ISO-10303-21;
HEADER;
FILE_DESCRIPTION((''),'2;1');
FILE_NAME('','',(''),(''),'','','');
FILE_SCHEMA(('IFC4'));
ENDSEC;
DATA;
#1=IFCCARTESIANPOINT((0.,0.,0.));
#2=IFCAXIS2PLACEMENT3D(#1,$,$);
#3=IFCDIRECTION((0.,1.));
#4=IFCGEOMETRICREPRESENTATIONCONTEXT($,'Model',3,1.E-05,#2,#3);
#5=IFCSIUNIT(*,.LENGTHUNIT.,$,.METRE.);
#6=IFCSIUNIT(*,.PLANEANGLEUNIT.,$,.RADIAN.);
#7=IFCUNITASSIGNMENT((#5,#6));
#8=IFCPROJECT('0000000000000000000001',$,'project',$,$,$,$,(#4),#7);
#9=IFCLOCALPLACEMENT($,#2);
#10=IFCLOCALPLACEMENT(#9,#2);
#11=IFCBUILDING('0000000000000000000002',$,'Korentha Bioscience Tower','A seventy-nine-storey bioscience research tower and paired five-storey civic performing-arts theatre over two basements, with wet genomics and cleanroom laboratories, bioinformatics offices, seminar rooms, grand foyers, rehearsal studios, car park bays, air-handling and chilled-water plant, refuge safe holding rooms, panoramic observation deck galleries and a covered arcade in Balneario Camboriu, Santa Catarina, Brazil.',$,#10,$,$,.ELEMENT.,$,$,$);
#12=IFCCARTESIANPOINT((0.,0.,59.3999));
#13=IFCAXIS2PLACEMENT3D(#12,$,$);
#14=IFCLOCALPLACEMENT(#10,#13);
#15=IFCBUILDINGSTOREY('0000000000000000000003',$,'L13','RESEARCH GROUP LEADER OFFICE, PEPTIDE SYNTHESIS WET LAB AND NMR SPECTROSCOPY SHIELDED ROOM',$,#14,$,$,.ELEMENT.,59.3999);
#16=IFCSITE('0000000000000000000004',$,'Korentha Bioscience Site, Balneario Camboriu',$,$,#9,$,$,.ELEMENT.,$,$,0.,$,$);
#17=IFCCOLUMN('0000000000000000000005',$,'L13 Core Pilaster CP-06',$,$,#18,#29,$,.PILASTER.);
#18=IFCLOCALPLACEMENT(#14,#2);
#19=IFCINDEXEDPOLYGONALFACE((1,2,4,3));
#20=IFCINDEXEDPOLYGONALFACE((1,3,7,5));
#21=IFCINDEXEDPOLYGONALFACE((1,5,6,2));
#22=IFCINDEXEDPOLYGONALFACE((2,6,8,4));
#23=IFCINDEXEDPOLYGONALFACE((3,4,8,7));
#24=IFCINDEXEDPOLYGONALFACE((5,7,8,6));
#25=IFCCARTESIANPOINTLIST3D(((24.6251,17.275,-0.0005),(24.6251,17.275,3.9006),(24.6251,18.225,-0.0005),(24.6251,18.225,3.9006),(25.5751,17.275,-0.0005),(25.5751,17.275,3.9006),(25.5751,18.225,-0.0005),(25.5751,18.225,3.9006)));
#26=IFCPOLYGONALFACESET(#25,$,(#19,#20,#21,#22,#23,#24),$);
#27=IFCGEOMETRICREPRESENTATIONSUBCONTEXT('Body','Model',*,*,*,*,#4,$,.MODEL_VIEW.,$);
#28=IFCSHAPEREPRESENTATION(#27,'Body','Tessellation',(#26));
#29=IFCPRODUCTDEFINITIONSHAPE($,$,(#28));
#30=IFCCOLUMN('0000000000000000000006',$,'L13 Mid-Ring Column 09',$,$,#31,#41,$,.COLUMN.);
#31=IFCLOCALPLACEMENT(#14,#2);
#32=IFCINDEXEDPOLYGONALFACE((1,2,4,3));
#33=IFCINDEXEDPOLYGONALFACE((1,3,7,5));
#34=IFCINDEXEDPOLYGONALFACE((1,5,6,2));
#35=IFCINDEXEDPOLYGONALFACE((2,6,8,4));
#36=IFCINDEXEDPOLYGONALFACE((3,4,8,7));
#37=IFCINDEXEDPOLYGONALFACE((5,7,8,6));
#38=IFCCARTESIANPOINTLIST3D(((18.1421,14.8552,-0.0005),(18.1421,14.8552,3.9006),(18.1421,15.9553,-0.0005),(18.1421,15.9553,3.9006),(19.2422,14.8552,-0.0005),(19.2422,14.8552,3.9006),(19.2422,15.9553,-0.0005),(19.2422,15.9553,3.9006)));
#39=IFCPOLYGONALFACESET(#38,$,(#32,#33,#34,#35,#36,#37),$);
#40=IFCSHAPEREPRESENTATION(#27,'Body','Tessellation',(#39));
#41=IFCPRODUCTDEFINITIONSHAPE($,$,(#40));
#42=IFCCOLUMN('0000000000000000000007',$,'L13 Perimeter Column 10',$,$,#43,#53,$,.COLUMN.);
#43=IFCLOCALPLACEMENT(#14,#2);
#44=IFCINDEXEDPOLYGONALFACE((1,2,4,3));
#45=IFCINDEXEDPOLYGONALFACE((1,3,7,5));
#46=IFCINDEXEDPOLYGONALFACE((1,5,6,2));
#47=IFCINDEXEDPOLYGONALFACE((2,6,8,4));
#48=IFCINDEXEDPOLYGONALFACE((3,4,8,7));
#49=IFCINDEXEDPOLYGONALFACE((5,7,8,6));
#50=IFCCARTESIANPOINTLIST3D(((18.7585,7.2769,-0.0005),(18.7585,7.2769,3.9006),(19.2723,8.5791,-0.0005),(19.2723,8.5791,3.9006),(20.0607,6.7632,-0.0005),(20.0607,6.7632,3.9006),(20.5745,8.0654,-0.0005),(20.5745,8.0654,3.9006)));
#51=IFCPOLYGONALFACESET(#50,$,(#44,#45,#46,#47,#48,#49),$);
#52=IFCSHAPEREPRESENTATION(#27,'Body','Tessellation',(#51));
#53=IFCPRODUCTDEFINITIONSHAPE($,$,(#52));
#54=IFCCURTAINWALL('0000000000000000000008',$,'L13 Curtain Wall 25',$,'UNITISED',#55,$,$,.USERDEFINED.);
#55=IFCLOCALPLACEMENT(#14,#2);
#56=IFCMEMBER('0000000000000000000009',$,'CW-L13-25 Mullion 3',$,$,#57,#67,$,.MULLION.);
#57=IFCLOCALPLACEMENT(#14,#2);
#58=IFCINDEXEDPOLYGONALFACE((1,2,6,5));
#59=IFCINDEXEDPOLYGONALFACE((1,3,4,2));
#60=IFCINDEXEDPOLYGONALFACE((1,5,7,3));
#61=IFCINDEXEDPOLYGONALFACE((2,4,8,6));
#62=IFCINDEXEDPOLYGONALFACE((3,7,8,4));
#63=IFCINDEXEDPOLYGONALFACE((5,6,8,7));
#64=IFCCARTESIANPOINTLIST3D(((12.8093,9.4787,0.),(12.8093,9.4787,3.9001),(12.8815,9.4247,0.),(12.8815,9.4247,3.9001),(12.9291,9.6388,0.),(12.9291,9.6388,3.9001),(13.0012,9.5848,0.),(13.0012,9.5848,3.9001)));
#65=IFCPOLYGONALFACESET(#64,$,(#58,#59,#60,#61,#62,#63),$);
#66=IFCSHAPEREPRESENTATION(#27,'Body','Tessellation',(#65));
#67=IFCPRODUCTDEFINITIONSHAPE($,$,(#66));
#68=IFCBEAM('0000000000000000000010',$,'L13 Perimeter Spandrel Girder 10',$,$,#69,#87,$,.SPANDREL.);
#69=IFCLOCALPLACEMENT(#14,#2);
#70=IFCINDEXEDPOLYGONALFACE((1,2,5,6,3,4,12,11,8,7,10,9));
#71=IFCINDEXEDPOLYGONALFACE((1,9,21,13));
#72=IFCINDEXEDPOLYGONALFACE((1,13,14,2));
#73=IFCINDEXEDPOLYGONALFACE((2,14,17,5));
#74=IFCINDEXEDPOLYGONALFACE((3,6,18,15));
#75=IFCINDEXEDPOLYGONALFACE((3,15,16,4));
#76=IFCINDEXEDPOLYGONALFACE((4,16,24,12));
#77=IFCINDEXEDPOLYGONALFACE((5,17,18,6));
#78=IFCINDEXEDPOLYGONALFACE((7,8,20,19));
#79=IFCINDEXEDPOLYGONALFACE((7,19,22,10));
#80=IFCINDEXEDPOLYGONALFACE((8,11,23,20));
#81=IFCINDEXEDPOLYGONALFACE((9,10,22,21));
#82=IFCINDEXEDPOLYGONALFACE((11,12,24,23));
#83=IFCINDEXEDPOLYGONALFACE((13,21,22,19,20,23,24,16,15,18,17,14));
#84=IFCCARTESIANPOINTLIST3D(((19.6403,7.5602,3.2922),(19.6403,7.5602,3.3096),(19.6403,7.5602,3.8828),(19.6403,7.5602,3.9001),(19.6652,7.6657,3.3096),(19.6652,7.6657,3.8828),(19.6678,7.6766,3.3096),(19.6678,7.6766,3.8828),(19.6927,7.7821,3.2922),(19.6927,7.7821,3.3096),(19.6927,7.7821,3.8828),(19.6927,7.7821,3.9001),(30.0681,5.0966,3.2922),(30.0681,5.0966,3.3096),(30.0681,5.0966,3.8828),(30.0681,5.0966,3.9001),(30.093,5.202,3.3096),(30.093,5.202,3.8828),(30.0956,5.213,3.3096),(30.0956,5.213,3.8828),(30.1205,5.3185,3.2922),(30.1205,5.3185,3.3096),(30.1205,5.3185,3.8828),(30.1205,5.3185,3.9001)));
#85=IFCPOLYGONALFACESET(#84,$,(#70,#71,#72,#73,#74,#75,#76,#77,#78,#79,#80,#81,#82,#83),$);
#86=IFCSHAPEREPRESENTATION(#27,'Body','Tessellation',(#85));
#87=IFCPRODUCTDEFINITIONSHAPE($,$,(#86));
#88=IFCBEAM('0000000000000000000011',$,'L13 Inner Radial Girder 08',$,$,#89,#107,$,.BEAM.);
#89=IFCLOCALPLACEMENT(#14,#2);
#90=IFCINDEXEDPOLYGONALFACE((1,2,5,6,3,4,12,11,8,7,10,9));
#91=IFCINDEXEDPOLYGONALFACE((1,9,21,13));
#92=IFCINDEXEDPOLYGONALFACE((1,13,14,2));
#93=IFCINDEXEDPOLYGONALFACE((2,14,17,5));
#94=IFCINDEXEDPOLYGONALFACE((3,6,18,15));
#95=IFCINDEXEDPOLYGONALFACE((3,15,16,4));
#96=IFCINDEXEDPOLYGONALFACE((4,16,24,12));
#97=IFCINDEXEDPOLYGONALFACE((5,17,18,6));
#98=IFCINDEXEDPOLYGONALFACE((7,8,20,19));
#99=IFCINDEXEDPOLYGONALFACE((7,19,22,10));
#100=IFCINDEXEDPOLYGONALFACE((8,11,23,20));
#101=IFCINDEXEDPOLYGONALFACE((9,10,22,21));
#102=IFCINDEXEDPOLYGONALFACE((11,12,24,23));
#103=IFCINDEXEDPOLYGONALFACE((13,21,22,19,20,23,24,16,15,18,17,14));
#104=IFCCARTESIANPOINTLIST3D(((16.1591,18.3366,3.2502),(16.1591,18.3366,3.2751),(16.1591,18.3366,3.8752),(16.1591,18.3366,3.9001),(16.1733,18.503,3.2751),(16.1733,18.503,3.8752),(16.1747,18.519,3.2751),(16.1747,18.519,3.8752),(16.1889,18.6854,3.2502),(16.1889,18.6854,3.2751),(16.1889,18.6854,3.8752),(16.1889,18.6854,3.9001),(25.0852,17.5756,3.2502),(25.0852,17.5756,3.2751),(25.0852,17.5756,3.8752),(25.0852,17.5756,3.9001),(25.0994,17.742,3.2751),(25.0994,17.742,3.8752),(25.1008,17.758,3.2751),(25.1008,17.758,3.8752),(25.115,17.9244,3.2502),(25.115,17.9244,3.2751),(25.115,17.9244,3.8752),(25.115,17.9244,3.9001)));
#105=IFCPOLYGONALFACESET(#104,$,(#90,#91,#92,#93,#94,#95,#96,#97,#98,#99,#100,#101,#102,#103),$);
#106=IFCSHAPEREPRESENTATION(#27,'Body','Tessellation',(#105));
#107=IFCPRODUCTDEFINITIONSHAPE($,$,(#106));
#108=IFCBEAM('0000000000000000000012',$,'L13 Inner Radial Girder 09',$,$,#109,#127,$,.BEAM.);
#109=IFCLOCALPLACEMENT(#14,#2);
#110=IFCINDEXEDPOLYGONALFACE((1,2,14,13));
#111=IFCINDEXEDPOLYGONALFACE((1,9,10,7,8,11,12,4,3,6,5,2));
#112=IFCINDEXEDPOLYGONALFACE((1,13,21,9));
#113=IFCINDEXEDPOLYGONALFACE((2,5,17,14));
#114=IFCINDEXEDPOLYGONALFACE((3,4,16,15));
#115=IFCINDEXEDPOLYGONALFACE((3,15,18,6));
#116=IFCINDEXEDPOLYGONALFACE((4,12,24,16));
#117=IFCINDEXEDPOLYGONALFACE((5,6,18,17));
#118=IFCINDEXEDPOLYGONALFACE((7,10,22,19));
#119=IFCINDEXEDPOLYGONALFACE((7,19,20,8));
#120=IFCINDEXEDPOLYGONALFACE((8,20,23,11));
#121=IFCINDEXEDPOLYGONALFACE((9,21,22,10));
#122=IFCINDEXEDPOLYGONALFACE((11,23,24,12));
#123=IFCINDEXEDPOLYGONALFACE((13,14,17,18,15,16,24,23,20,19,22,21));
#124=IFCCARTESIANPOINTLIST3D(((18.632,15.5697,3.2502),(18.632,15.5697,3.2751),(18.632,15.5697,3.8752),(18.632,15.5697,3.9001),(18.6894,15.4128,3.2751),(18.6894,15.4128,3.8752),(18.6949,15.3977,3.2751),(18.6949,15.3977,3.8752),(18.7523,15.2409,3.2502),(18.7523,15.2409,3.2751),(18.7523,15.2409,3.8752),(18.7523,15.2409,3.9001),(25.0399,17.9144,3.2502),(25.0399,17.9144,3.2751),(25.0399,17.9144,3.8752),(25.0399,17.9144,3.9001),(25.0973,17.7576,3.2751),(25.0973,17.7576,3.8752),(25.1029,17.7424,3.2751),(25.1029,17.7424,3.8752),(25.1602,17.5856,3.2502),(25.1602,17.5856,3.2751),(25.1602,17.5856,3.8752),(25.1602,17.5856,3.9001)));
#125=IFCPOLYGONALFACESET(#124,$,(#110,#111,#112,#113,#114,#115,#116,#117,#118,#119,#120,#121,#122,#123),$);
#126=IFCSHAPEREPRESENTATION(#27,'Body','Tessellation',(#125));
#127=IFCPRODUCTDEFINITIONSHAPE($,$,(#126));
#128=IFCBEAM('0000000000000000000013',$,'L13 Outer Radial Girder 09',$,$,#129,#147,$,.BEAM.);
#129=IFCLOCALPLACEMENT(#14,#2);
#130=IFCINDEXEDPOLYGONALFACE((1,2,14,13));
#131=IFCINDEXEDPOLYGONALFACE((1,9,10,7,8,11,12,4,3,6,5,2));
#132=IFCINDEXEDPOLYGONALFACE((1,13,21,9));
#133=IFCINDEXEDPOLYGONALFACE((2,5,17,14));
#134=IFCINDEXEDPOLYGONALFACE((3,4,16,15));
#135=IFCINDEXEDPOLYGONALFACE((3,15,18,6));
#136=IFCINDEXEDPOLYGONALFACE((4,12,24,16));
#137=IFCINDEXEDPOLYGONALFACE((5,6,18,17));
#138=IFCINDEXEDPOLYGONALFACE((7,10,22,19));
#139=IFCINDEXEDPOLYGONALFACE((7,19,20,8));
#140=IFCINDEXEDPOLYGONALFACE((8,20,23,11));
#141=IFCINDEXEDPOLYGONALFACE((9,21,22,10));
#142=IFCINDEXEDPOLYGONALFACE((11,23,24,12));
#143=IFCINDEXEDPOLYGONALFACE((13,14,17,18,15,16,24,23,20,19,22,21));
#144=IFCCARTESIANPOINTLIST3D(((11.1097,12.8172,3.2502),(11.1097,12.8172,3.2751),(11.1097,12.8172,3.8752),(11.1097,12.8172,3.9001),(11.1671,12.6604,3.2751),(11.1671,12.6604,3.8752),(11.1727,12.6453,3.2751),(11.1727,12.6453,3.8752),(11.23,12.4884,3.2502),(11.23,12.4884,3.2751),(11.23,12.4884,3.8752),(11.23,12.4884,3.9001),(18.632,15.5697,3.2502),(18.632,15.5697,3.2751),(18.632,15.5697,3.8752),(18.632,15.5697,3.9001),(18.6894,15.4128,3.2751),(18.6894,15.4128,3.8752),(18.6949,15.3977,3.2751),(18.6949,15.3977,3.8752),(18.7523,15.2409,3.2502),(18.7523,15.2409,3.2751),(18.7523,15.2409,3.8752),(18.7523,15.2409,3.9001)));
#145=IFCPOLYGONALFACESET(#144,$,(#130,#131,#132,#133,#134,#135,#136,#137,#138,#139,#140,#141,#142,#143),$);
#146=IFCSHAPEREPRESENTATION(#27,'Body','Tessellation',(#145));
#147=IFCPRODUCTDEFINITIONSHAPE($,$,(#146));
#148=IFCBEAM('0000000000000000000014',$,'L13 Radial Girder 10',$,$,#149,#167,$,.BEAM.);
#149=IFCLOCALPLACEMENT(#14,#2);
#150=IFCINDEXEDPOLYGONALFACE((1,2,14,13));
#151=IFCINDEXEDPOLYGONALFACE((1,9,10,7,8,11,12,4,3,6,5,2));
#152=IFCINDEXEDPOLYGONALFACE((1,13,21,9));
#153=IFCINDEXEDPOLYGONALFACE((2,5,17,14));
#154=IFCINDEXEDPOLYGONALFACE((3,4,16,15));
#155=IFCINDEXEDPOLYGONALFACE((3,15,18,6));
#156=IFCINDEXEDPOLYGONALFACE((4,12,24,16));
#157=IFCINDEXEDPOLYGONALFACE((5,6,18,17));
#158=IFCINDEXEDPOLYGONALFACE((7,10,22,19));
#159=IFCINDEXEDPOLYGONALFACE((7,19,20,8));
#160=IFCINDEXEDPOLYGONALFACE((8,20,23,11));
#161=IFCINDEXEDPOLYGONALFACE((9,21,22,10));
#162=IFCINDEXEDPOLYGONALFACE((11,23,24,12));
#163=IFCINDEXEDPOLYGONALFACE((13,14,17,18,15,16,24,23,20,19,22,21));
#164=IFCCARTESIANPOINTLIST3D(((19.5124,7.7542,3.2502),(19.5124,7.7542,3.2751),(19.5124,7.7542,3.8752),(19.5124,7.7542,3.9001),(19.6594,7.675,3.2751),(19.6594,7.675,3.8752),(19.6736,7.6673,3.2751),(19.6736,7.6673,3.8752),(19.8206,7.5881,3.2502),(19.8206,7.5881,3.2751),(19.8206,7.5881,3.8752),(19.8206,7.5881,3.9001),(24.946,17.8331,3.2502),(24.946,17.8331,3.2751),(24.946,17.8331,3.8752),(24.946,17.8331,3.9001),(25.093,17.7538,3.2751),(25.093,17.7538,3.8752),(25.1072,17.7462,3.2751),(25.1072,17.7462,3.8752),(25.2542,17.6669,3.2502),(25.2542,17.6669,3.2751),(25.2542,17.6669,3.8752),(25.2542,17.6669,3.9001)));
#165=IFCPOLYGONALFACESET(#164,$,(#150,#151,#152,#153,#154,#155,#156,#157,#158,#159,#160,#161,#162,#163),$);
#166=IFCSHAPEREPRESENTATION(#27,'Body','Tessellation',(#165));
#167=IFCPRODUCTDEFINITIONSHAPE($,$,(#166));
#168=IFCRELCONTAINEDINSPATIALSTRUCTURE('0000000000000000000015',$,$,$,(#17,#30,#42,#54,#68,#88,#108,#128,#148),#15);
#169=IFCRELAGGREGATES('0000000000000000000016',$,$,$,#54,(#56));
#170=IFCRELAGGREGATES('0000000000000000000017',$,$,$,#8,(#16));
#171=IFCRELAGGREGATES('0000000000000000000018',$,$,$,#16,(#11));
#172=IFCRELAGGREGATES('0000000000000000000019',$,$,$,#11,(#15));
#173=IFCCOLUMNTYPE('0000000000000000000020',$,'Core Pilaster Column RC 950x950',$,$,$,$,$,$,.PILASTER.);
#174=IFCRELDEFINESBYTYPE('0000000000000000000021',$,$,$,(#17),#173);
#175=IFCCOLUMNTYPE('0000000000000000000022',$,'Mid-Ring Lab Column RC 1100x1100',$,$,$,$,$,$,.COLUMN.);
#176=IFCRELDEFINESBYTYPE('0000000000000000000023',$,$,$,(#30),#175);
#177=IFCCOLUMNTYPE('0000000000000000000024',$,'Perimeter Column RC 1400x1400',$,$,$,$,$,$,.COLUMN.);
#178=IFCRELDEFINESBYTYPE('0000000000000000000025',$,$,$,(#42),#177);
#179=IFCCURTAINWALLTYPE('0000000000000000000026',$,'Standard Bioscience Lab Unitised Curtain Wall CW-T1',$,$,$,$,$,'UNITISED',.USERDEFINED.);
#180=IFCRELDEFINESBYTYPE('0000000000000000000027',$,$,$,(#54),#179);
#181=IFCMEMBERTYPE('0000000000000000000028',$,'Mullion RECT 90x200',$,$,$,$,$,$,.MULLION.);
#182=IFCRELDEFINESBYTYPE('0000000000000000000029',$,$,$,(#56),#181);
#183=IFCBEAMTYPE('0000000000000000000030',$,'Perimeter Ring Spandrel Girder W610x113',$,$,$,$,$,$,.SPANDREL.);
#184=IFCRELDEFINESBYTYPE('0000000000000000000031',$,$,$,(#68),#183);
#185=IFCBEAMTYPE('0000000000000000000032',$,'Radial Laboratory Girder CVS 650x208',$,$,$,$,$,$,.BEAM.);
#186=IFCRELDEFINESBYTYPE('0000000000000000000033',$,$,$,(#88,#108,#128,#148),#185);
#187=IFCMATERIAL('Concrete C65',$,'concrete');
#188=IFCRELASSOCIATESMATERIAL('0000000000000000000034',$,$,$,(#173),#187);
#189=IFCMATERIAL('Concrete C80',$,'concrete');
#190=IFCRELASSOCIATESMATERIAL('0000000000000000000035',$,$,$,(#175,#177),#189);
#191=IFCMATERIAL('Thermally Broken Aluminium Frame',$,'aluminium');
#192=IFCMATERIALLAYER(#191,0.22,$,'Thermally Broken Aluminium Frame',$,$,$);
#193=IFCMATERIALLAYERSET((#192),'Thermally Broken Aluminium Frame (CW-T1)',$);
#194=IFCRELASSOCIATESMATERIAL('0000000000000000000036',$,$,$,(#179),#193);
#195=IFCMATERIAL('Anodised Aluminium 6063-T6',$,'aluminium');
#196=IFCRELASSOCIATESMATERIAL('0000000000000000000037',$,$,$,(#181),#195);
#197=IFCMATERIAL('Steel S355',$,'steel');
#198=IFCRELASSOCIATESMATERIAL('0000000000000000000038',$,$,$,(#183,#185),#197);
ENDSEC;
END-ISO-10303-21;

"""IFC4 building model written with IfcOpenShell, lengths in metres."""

from ifc_helpers import new_model, si_unit, direction, frame, origin, origin_2d, place, context, subcontext, project, spatial, rectangle, i_section, extrude, material, layer, layer_set, material_profile, profile_set, type_object, element, aggregate, save


model = new_model("IFC4")

# Units and contexts
model_context = context("Model", 3, precision=1e-05, world=origin(), true_north=direction((0.0, 1.0)))
body_context = subcontext(model_context, "Body", "Model", "MODEL_VIEW")
ifc_project = project(units=[si_unit("LENGTHUNIT", "METRE"), si_unit("PLANEANGLEUNIT", "RADIAN")], contexts=[model_context])

# Site, building, storey
site_placement = place(None, origin())
site = spatial("IfcSite", under=ifc_project, at=site_placement, Name="Korentha Bioscience Site, Balneario Camboriu", CompositionType="ELEMENT", RefElevation=0.0)
building_placement = place(site_placement, origin())
building = spatial("IfcBuilding", under=site, at=building_placement, Name="Korentha Bioscience Tower", Description="A seventy-nine-storey bioscience research tower and paired five-storey civic performing-arts theatre over two basements, with wet genomics and cleanroom laboratories, bioinformatics offices, seminar rooms, grand foyers, rehearsal studios, car park bays, air-handling and chilled-water plant, refuge safe holding rooms, panoramic observation deck galleries and a covered arcade in Balneario Camboriu, Santa Catarina, Brazil.", CompositionType="ELEMENT")
storey_placement = place(building_placement, frame((0.0, 0.0, 59.3999)))
storey = spatial("IfcBuildingStorey", under=building, at=storey_placement, Name="L13", Description="RESEARCH GROUP LEADER OFFICE, PEPTIDE SYNTHESIS WET LAB AND NMR SPECTROSCOPY SHIELDED ROOM", CompositionType="ELEMENT", Elevation=59.3999)

# Columns
ifc_material_1 = material(Name="Concrete C65", Category="concrete")
ifc_material_profile_1 = material_profile(ifc_material_1, rectangle(XDim=0.95, YDim=0.95, at=origin_2d()), Name="Concrete C65")
ifc_profile_set_1 = profile_set([ifc_material_profile_1], Name="Concrete C65 (COL-CP09)")
column_type_1 = type_object("IfcColumnType", Name="Core Pilaster Column RC 950x950", PredefinedType="PILASTER", material=ifc_profile_set_1)
column_1_placement = place(storey_placement, frame((25.1001, 17.75, -0.0005), z_axis=(0.0, 0.0, 1.0), x_axis=(1.0, 0.0, 0.0)))
element("IfcColumn", 1, at=column_1_placement, inside=storey, type_object=column_type_1, Name="L13 Core Pilaster CP-06", PredefinedType="PILASTER", context=body_context, shape_type="SweptSolid", body=[
    extrude(rectangle(XDim=0.95, YDim=0.95, at=origin_2d()), origin(), (0.0, 0.0, 1.0), 3.9011),
])
ifc_material_2 = material(Name="Concrete C80", Category="concrete")
ifc_material_profile_2 = material_profile(ifc_material_2, rectangle(XDim=1.1001, YDim=1.1001, at=origin_2d()), Name="Concrete C80")
ifc_profile_set_2 = profile_set([ifc_material_profile_2], Name="Concrete C80 (COL-MR11)")
column_type_2 = type_object("IfcColumnType", Name="Mid-Ring Lab Column RC 1100x1100", PredefinedType="COLUMN", material=ifc_profile_set_2)
column_2_placement = place(storey_placement, frame((18.6921, 15.4053, -0.0005), z_axis=(0.0, 0.0, 1.0), x_axis=(1.0, 0.0, 0.0)))
element("IfcColumn", 2, at=column_2_placement, inside=storey, type_object=column_type_2, Name="L13 Mid-Ring Column 09", PredefinedType="COLUMN", context=body_context, shape_type="SweptSolid", body=[
    extrude(rectangle(XDim=1.1001, YDim=1.1001, at=origin_2d()), origin(), (0.0, 0.0, 1.0), 3.9011),
])
ifc_material_profile_3 = material_profile(ifc_material_2, rectangle(XDim=1.3999, YDim=1.3999, at=origin_2d()), Name="Concrete C80")
ifc_profile_set_3 = profile_set([ifc_material_profile_3], Name="Concrete C80 (COL-P14)")
column_type_3 = type_object("IfcColumnType", Name="Perimeter Column RC 1400x1400", PredefinedType="COLUMN", material=ifc_profile_set_3)
column_3_placement = place(storey_placement, frame((19.6665, 7.6711, -0.0005), z_axis=(0.0, 0.0, 1.0), x_axis=(-0.930226, 0.366988, 0.0)))
element("IfcColumn", 3, at=column_3_placement, inside=storey, type_object=column_type_3, Name="L13 Perimeter Column 10", PredefinedType="COLUMN", context=body_context, shape_type="SweptSolid", body=[
    extrude(rectangle(XDim=1.3999, YDim=1.3999, at=origin_2d()), origin(), (0.0, 0.0, 1.0), 3.9011),
])

# Curtain wall, member
ifc_material_3 = material(Name="Thermally Broken Aluminium Frame", Category="aluminium")
ifc_layer_1 = layer(ifc_material_3, 0.22, Name="Thermally Broken Aluminium Frame")
ifc_layer_set_1 = layer_set([ifc_layer_1], Name="Thermally Broken Aluminium Frame (CW-T1)")
curtain_wall_type = type_object("IfcCurtainWallType", Name="Standard Bioscience Lab Unitised Curtain Wall CW-T1", ElementType="UNITISED", PredefinedType="USERDEFINED", material=ifc_layer_set_1)
curtain_wall_placement = place(storey_placement, origin())
curtain_wall = element("IfcCurtainWall", 4, at=curtain_wall_placement, inside=storey, type_object=curtain_wall_type, Name="L13 Curtain Wall 25", ObjectType="UNITISED", PredefinedType="USERDEFINED")
ifc_material_4 = material(Name="Anodised Aluminium 6063-T6", Category="aluminium")
ifc_material_profile_4 = material_profile(ifc_material_4, rectangle(XDim=0.0901, YDim=0.2, at=origin_2d()), Name="Anodised Aluminium 6063-T6")
ifc_profile_set_4 = profile_set([ifc_material_profile_4], Name="Anodised Aluminium 6063-T6 (CW-MUL)")
member_type_1 = type_object("IfcMemberType", Name="Mullion RECT 90x200", PredefinedType="MULLION", material=ifc_profile_set_4)
member_1_placement = place(storey_placement, frame((12.9053, 9.5317, 0.0), z_axis=(0.0, 0.0, 1.0), x_axis=(0.800798, -0.598935, 0.0)))
member_1 = element("IfcMember", 5, at=member_1_placement, type_object=member_type_1, Name="CW-L13-25 Mullion 3", PredefinedType="MULLION", context=body_context, shape_type="SweptSolid", body=[
    extrude(rectangle(XDim=0.0901, YDim=0.2, at=origin_2d()), origin(), (0.0, 0.0, 1.0), 3.9001),
])

# Beams
ifc_material_5 = material(Name="Steel S355", Category="steel")
ifc_material_profile_5 = material_profile(ifc_material_5, i_section(OverallWidth=0.228, OverallDepth=0.6079, WebThickness=0.0112, FlangeThickness=0.0173, at=origin_2d()), Name="Steel S355")
ifc_profile_set_5 = profile_set([ifc_material_profile_5], Name="Steel S355 (SB-610)")
beam_type_1 = type_object("IfcBeamType", Name="Perimeter Ring Spandrel Girder W610x113", PredefinedType="SPANDREL", material=ifc_profile_set_5)
beam_1_placement = place(storey_placement, frame((19.6665, 7.6711, 3.5962), z_axis=(0.973208, -0.229927, 0.0), x_axis=(0.229927, 0.973208, 0.0)))
element("IfcBeam", 6, at=beam_1_placement, inside=storey, type_object=beam_type_1, Name="L13 Perimeter Spandrel Girder 10", PredefinedType="SPANDREL", context=body_context, shape_type="SweptSolid", body=[
    extrude(i_section(OverallWidth=0.228, OverallDepth=0.6079, WebThickness=0.0112, FlangeThickness=0.0173, at=origin_2d()), origin(), (0.0, 0.0, 1.0), 10.7148),
])
ifc_material_profile_6 = material_profile(ifc_material_5, i_section(OverallWidth=0.3501, OverallDepth=0.6499, WebThickness=0.0161, FlangeThickness=0.0249, at=origin_2d()), Name="Steel S355")
ifc_profile_set_6 = profile_set([ifc_material_profile_6], Name="Steel S355 (RB-650)")
beam_type_2 = type_object("IfcBeamType", Name="Radial Laboratory Girder CVS 650x208", PredefinedType="BEAM", material=ifc_profile_set_6)
beam_2_placement = place(storey_placement, frame((25.1001, 17.75, 3.5752), z_axis=(-0.996386, 0.084947, 0.0), x_axis=(-0.084947, -0.996386, 0.0)))
element("IfcBeam", 7, at=beam_2_placement, inside=storey, type_object=beam_type_2, Name="L13 Inner Radial Girder 08", PredefinedType="BEAM", context=body_context, shape_type="SweptSolid", body=[
    extrude(i_section(OverallWidth=0.3501, OverallDepth=0.6499, WebThickness=0.0161, FlangeThickness=0.0249, at=origin_2d()), origin(), (0.0, 0.0, 1.0), 8.9585),
])
beam_3_placement = place(storey_placement, frame((25.1001, 17.75, 3.5752), z_axis=(-0.939106, -0.343627, 0.0), x_axis=(0.343627, -0.939106, 0.0)))
element("IfcBeam", 8, at=beam_3_placement, inside=storey, type_object=beam_type_2, Name="L13 Inner Radial Girder 09", PredefinedType="BEAM", context=body_context, shape_type="SweptSolid", body=[
    extrude(i_section(OverallWidth=0.3501, OverallDepth=0.6499, WebThickness=0.0161, FlangeThickness=0.0249, at=origin_2d()), origin(), (0.0, 0.0, 1.0), 6.8235),
])
beam_4_placement = place(storey_placement, frame((18.6921, 15.4053, 3.5752), z_axis=(-0.939106, -0.343627, 0.0), x_axis=(0.343627, -0.939106, 0.0)))
element("IfcBeam", 9, at=beam_4_placement, inside=storey, type_object=beam_type_2, Name="L13 Outer Radial Girder 09", PredefinedType="BEAM", context=body_context, shape_type="SweptSolid", body=[
    extrude(i_section(OverallWidth=0.3501, OverallDepth=0.6499, WebThickness=0.0161, FlangeThickness=0.0249, at=origin_2d()), origin(), (0.0, 0.0, 1.0), 8.01),
])
beam_5_placement = place(storey_placement, frame((25.1001, 17.75, 3.5752), z_axis=(-0.474541, -0.880233, 0.0), x_axis=(0.880233, -0.474541, 0.0)))
element("IfcBeam", 10, at=beam_5_placement, inside=storey, type_object=beam_type_2, Name="L13 Radial Girder 10", PredefinedType="BEAM", context=body_context, shape_type="SweptSolid", body=[
    extrude(i_section(OverallWidth=0.3501, OverallDepth=0.6499, WebThickness=0.0161, FlangeThickness=0.0249, at=origin_2d()), origin(), (0.0, 0.0, 1.0), 11.4502),
])

aggregate(curtain_wall, [member_1])

save(model, "model.ifc")
